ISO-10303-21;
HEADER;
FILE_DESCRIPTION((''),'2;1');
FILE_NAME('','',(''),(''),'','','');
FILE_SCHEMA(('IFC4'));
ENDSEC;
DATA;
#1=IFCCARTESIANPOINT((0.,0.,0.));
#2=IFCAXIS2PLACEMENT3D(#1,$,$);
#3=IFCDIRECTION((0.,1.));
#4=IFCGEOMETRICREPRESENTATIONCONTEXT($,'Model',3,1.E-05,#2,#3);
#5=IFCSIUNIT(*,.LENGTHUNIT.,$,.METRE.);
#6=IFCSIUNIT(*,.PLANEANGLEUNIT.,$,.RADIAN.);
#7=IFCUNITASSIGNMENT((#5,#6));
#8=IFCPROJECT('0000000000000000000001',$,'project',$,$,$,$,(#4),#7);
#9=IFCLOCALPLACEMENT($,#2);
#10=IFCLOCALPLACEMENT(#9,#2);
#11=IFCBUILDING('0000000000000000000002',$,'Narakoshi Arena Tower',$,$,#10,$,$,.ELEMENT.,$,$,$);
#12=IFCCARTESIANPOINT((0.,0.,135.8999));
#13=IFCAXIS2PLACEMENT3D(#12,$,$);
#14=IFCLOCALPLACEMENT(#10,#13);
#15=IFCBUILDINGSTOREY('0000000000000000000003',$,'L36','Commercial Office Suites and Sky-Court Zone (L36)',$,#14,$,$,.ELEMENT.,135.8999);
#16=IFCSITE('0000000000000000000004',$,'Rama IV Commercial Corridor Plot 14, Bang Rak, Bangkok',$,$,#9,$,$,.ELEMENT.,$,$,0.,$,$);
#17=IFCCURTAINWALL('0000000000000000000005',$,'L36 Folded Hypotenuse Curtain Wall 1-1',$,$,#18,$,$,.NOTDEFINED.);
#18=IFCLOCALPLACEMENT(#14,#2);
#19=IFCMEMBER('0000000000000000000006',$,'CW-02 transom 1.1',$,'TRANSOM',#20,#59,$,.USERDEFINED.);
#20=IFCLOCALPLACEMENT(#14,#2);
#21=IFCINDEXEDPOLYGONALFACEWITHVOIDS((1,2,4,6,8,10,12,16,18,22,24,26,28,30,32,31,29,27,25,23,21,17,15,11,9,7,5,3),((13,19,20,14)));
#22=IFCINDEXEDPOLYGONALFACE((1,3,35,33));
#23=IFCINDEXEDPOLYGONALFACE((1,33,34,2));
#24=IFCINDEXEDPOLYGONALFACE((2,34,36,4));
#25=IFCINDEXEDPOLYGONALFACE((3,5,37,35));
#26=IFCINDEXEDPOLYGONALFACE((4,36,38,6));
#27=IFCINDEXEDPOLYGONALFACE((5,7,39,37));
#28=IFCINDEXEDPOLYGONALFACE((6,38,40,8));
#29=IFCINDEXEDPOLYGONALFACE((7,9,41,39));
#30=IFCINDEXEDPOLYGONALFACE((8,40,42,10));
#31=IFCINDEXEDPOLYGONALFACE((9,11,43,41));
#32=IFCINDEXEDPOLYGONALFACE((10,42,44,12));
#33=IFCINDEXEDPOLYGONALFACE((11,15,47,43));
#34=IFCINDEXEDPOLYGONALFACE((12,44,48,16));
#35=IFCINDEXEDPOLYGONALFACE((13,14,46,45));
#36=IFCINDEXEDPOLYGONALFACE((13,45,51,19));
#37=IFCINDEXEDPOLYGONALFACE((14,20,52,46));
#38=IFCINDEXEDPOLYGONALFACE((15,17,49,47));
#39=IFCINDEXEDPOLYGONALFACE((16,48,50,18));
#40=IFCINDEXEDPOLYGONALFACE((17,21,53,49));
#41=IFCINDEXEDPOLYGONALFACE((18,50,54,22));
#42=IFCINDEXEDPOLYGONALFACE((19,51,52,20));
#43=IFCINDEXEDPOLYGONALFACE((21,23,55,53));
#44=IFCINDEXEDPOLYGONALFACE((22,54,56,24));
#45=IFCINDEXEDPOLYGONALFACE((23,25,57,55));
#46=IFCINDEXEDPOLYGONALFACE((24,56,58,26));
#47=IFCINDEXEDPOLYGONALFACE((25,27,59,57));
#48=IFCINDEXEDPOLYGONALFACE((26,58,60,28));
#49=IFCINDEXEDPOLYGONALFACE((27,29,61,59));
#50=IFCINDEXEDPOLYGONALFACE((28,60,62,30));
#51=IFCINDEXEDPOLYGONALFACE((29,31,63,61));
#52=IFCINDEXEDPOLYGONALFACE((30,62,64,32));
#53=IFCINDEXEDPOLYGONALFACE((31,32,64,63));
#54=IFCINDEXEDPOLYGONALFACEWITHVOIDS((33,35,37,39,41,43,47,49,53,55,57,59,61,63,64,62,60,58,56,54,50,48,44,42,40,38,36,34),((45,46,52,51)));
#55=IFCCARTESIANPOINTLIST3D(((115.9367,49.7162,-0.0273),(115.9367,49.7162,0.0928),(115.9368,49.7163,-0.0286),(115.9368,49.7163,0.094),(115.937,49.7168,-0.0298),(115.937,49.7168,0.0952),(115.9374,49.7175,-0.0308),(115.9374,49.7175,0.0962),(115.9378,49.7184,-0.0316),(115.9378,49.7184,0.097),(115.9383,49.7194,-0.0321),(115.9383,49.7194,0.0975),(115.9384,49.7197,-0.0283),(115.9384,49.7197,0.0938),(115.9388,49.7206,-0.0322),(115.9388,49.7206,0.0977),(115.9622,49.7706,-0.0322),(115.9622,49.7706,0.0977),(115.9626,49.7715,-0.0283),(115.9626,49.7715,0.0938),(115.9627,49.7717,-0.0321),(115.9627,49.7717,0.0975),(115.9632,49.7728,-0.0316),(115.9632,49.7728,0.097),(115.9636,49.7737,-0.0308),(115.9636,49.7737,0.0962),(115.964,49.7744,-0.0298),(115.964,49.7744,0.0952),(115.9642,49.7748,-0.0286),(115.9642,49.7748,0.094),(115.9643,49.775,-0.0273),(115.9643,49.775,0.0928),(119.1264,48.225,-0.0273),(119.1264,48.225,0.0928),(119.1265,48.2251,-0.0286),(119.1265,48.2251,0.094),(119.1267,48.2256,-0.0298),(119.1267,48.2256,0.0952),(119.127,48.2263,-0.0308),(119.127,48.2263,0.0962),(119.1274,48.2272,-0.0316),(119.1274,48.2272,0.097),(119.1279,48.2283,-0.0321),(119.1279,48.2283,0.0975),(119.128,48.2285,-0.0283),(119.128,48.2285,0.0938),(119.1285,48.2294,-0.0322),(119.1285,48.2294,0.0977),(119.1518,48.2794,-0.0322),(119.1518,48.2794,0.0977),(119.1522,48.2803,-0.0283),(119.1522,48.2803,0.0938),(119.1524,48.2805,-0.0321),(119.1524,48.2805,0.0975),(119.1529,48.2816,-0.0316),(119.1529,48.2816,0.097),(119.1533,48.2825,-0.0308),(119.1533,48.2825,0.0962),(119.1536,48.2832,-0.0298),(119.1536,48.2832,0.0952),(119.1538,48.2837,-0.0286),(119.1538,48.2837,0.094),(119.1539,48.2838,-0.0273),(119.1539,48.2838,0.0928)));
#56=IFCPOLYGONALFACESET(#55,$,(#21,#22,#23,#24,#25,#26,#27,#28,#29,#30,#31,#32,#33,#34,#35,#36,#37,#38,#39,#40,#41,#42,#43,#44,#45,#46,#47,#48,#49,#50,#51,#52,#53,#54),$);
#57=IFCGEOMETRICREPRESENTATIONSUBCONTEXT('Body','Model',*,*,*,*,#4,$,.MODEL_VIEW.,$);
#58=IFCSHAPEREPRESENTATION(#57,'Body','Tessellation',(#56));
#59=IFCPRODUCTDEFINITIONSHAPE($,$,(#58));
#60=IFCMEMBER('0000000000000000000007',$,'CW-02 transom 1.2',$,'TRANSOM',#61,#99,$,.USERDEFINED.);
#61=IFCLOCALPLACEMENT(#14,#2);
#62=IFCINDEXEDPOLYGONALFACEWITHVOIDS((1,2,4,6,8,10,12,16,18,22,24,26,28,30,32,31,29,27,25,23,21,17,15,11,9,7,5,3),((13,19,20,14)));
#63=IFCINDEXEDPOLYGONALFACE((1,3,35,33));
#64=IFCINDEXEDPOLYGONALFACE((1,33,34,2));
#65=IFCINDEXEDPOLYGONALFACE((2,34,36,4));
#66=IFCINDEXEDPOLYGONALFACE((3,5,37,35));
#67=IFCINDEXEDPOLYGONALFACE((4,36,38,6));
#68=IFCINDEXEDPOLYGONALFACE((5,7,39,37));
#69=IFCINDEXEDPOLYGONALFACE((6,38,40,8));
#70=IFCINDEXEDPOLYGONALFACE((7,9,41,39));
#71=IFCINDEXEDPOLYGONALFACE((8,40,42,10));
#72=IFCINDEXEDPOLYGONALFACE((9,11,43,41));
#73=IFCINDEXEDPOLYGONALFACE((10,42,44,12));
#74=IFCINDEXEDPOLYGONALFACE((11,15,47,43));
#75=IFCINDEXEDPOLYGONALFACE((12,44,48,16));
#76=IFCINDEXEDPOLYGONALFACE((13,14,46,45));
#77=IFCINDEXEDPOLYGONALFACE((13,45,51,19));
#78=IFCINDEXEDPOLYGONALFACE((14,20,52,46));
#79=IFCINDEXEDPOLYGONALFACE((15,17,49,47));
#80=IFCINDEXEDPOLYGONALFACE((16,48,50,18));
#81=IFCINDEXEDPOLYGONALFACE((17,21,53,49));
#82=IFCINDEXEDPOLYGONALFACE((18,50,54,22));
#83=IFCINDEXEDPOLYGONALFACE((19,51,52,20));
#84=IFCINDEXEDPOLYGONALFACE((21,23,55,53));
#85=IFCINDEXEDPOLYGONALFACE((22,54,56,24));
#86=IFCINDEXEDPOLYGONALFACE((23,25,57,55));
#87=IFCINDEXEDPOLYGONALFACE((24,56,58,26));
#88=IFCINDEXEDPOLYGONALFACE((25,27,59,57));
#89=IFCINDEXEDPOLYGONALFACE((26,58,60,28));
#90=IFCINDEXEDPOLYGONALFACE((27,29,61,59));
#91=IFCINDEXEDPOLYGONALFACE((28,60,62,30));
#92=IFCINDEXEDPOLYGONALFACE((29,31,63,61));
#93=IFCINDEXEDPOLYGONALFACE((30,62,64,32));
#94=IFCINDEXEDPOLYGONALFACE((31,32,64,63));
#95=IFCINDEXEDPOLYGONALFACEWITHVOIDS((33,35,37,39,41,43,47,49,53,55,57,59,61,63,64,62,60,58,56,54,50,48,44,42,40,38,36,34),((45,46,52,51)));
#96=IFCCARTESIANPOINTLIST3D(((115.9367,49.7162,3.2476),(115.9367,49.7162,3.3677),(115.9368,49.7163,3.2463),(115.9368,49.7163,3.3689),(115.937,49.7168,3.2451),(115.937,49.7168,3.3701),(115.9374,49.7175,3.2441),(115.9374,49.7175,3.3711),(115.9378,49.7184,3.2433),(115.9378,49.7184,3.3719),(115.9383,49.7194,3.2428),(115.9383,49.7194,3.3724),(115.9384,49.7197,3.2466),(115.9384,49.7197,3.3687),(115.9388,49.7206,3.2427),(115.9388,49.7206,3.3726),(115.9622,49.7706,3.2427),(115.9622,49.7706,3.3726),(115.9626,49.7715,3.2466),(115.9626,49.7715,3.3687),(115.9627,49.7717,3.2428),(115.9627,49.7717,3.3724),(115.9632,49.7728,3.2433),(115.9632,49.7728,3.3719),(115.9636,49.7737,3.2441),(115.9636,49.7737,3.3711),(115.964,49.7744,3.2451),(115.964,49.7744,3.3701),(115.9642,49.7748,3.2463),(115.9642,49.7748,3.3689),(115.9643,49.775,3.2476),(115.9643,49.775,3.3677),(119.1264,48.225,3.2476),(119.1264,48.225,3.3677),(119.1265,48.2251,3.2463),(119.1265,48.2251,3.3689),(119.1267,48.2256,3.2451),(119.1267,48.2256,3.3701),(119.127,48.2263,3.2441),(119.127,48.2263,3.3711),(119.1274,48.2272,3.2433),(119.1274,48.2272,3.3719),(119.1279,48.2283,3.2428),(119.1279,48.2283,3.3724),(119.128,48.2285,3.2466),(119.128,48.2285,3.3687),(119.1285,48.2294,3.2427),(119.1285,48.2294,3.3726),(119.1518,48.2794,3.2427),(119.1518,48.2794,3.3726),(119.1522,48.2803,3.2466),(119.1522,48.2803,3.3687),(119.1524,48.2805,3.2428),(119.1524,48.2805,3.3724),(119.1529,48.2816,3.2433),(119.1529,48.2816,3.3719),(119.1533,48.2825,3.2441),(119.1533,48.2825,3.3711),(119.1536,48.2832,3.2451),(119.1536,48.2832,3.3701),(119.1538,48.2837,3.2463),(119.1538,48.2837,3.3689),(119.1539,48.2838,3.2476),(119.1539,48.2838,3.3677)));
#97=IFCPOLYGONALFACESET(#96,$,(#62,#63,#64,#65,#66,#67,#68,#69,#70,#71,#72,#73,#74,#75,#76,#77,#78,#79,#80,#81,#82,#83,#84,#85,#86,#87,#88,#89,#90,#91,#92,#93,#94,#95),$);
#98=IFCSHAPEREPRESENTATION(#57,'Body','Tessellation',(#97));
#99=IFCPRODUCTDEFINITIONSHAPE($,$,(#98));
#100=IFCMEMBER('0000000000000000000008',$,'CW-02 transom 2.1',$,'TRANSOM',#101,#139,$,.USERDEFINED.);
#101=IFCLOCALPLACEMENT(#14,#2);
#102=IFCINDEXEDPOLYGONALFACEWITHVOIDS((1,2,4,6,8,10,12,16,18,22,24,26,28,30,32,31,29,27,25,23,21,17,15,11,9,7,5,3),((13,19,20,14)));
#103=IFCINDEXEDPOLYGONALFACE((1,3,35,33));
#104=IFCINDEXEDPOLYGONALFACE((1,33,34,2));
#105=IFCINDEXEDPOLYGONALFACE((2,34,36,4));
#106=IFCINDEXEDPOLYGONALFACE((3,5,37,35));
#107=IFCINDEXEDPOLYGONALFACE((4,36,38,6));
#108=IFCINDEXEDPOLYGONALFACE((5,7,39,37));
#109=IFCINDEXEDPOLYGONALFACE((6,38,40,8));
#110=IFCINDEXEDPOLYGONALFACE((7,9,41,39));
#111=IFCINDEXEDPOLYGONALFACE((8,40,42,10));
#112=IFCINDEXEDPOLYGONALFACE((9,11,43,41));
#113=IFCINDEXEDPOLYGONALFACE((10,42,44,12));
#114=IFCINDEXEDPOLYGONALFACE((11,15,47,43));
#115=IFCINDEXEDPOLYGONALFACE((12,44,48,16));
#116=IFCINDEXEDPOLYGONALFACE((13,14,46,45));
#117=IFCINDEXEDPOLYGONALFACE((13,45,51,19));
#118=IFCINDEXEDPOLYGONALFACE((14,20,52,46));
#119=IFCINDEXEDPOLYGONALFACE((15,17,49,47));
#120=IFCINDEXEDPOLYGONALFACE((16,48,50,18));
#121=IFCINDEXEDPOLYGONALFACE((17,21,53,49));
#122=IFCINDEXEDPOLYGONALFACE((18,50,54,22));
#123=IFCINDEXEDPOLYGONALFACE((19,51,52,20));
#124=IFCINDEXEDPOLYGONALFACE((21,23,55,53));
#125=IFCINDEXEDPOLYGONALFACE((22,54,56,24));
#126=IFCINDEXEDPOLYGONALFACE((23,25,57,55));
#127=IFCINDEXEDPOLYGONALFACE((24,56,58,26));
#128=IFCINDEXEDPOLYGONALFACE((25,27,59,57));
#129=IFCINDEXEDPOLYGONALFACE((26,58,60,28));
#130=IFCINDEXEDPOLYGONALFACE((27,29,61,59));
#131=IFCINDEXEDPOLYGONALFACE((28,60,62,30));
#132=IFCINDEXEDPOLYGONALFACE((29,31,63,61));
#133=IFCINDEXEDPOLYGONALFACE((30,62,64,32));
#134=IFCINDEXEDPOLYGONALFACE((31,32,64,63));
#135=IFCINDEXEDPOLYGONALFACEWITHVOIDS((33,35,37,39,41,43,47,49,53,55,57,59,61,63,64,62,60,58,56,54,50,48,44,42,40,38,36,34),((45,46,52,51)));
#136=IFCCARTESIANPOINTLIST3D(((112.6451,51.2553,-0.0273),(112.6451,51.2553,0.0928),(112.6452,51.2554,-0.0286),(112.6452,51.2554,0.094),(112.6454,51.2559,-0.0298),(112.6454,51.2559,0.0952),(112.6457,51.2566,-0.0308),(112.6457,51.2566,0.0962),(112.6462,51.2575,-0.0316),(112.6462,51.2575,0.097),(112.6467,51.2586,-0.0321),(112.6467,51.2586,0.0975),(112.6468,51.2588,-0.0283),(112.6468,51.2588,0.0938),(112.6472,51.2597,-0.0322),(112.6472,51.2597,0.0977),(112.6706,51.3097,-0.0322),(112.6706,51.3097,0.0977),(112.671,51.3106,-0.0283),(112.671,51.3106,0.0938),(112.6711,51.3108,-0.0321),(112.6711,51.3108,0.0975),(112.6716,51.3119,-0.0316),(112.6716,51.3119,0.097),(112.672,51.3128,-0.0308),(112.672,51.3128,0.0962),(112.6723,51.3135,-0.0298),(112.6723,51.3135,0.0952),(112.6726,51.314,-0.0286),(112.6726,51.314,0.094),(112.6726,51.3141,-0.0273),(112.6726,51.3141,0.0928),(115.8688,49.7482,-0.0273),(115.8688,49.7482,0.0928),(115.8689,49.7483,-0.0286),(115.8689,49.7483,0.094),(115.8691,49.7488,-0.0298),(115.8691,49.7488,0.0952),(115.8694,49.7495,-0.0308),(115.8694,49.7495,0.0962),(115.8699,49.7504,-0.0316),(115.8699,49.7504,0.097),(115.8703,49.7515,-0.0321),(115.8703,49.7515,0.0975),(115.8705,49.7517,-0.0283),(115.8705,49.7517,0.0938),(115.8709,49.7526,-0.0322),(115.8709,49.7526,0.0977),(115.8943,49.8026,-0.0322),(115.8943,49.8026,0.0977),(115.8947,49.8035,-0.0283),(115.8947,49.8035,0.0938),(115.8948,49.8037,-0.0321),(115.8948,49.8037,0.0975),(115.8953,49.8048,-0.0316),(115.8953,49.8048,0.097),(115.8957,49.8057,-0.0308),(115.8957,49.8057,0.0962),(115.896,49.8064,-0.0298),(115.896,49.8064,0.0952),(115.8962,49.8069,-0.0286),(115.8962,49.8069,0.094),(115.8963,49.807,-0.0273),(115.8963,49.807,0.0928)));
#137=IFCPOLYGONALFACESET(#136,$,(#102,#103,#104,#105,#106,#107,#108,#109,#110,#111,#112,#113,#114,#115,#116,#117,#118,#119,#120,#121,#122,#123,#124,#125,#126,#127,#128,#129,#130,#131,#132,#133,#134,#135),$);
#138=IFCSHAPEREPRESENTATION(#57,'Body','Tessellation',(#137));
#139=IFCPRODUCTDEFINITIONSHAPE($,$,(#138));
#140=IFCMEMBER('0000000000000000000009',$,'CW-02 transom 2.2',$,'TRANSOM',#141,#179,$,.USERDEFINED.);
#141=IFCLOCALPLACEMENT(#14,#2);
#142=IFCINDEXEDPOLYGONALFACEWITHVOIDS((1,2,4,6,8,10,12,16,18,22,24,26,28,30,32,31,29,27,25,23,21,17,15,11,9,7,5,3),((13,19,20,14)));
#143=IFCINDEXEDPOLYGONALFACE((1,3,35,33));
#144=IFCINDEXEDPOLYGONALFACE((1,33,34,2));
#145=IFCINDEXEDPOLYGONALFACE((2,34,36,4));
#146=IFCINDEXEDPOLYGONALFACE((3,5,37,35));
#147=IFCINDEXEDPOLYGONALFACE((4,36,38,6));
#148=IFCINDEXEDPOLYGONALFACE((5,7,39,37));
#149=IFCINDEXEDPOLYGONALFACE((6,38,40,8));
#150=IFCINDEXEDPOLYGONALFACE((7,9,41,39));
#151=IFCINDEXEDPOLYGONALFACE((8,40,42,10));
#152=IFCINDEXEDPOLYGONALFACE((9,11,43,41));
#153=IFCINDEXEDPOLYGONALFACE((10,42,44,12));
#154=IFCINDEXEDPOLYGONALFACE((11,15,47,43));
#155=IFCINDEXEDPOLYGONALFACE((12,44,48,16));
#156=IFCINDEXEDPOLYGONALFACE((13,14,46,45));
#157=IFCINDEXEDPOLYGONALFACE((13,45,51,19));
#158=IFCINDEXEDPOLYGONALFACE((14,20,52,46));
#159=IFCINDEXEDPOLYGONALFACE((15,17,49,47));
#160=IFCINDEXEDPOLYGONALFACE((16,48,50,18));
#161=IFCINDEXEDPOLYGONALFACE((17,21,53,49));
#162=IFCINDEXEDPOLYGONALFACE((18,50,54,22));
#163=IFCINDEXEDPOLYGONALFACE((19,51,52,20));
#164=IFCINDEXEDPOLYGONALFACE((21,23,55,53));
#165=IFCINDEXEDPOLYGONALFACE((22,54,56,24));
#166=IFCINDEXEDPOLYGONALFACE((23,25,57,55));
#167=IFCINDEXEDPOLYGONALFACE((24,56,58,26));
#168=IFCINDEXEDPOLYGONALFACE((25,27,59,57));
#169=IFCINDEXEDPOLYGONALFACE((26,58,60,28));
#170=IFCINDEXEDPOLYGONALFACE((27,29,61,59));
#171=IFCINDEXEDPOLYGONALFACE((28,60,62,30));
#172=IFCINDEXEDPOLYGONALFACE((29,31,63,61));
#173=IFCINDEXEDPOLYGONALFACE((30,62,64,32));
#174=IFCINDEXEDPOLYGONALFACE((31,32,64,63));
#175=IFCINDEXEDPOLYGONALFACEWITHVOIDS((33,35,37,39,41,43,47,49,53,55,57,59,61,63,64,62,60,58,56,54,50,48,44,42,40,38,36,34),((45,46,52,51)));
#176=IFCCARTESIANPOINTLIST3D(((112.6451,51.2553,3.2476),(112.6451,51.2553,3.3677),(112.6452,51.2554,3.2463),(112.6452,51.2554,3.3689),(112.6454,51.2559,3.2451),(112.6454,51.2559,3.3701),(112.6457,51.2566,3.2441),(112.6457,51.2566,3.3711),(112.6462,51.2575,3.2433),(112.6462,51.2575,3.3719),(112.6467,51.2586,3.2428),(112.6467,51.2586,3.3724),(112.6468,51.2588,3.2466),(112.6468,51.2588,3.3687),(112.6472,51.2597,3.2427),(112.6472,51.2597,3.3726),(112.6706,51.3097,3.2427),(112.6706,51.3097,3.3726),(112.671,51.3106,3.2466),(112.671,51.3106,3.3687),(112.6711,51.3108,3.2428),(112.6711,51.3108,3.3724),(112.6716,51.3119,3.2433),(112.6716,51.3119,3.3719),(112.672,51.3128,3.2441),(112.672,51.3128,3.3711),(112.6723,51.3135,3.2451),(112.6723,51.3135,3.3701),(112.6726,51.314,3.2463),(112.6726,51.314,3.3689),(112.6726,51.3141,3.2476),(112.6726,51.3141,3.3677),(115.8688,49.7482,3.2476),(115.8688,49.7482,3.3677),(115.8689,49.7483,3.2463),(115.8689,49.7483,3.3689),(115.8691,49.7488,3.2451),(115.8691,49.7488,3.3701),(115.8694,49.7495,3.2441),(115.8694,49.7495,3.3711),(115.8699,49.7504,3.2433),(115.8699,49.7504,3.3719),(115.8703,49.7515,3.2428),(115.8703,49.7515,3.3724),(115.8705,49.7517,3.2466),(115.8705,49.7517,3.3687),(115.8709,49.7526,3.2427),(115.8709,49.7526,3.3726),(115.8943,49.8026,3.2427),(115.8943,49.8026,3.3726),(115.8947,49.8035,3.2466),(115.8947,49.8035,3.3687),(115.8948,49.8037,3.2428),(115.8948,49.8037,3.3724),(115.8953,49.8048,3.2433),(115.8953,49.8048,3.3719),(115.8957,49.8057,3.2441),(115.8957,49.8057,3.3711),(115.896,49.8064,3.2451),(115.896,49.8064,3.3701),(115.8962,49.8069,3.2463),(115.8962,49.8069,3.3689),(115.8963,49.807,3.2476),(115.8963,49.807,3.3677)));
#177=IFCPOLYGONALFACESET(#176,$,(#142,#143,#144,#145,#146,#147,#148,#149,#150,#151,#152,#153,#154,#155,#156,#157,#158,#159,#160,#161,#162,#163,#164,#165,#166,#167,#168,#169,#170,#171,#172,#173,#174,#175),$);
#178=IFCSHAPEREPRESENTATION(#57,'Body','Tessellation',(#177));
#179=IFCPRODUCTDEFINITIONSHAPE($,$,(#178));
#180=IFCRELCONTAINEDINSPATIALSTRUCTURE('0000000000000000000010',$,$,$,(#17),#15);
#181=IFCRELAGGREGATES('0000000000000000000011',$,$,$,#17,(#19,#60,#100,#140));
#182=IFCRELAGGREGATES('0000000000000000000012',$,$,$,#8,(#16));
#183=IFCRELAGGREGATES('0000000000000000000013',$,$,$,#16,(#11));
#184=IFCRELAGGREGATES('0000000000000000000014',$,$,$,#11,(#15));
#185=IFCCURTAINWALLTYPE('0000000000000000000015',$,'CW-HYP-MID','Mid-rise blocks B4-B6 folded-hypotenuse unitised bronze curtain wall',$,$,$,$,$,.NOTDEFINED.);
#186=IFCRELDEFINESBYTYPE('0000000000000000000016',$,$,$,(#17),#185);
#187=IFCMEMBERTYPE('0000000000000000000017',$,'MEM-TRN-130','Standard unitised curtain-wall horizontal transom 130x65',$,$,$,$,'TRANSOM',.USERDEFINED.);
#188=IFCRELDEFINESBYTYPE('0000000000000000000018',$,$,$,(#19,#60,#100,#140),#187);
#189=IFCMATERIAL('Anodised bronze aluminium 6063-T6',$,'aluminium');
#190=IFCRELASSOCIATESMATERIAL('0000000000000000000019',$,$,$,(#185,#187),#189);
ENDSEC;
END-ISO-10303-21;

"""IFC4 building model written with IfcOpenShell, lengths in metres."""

from ifc_helpers import new_model, si_unit, direction, frame, origin, origin_2d, place, context, subcontext, project, spatial, hollow_rectangle, extrude, material, material_profile, profile_set, type_object, element, aggregate, save


model = new_model("IFC4")

# Units and contexts
model_context = context("Model", 3, precision=1e-05, world=origin(), true_north=direction((0.0, 1.0)))
body_context = subcontext(model_context, "Body", "Model", "MODEL_VIEW")
ifc_project = project(units=[si_unit("LENGTHUNIT", "METRE"), si_unit("PLANEANGLEUNIT", "RADIAN")], contexts=[model_context])

# Site, building, storey
site_placement = place(None, origin())
site = spatial("IfcSite", under=ifc_project, at=site_placement, Name="Rama IV Commercial Corridor Plot 14, Bang Rak, Bangkok", CompositionType="ELEMENT", RefElevation=0.0)
building_placement = place(site_placement, origin())
building = spatial("IfcBuilding", under=site, at=building_placement, Name="Narakoshi Arena Tower", CompositionType="ELEMENT")
storey_placement = place(building_placement, frame((0.0, 0.0, 135.8999)))
storey = spatial("IfcBuildingStorey", under=building, at=storey_placement, Name="L36", Description="Commercial Office Suites and Sky-Court Zone (L36)", CompositionType="ELEMENT", Elevation=135.8999)

# Curtain wall, members
ifc_material_1 = material(Name="Anodised bronze aluminium 6063-T6", Category="aluminium")
curtain_wall_type = type_object("IfcCurtainWallType", Name="CW-HYP-MID", Description="Mid-rise blocks B4-B6 folded-hypotenuse unitised bronze curtain wall", PredefinedType="NOTDEFINED", material=ifc_material_1)
curtain_wall_placement = place(storey_placement, origin())
curtain_wall = element("IfcCurtainWall", 1, at=curtain_wall_placement, inside=storey, type_object=curtain_wall_type, Name="L36 Folded Hypotenuse Curtain Wall 1-1", PredefinedType="NOTDEFINED")
ifc_material_profile_1 = material_profile(ifc_material_1, hollow_rectangle(XDim=0.0649, YDim=0.1299, WallThickness=0.0039, OuterFilletRadius=0.0049, at=origin_2d()), Name="TRN130x65x4")
ifc_profile_set_1 = profile_set([ifc_material_profile_1], Name="Anodised bronze aluminium 6063-T6")
member_type_1 = type_object("IfcMemberType", Name="MEM-TRN-130", Description="Standard unitised curtain-wall horizontal transom 130x65", ElementType="TRANSOM", PredefinedType="USERDEFINED", material=ifc_profile_set_1)
member_1_placement = place(storey_placement, frame((119.1401, 48.2544, 0.0327), z_axis=(-0.905891, 0.423512, 0.0), x_axis=(-0.423512, -0.905891, 0.0)))
member_1 = element("IfcMember", 2, at=member_1_placement, type_object=member_type_1, Name="CW-02 transom 1.1", ObjectType="TRANSOM", PredefinedType="USERDEFINED", context=body_context, shape_type="SweptSolid", body=[
    extrude(hollow_rectangle(XDim=0.0649, YDim=0.1299, WallThickness=0.0039, OuterFilletRadius=0.0049, at=origin_2d()), origin(), (0.0, 0.0, 1.0), 3.521),
])
member_2_placement = place(storey_placement, frame((119.1401, 48.2544, 3.3076), z_axis=(-0.905891, 0.423512, 0.0), x_axis=(-0.423512, -0.905891, 0.0)))
member_2 = element("IfcMember", 3, at=member_2_placement, type_object=member_type_1, Name="CW-02 transom 1.2", ObjectType="TRANSOM", PredefinedType="USERDEFINED", context=body_context, shape_type="SweptSolid", body=[
    extrude(hollow_rectangle(XDim=0.0649, YDim=0.1299, WallThickness=0.0039, OuterFilletRadius=0.0049, at=origin_2d()), origin(), (0.0, 0.0, 1.0), 3.521),
])
member_3_placement = place(storey_placement, frame((115.8826, 49.7776, 0.0327), z_axis=(-0.90589, 0.423513, 0.0), x_axis=(-0.423513, -0.90589, 0.0)))
member_3 = element("IfcMember", 4, at=member_3_placement, type_object=member_type_1, Name="CW-02 transom 2.1", ObjectType="TRANSOM", PredefinedType="USERDEFINED", context=body_context, shape_type="SweptSolid", body=[
    extrude(hollow_rectangle(XDim=0.0649, YDim=0.1299, WallThickness=0.0039, OuterFilletRadius=0.0049, at=origin_2d()), origin(), (0.0, 0.0, 1.0), 3.5586),
])
member_4_placement = place(storey_placement, frame((115.8826, 49.7776, 3.3076), z_axis=(-0.90589, 0.423513, 0.0), x_axis=(-0.423513, -0.90589, 0.0)))
member_4 = element("IfcMember", 5, at=member_4_placement, type_object=member_type_1, Name="CW-02 transom 2.2", ObjectType="TRANSOM", PredefinedType="USERDEFINED", context=body_context, shape_type="SweptSolid", body=[
    extrude(hollow_rectangle(XDim=0.0649, YDim=0.1299, WallThickness=0.0039, OuterFilletRadius=0.0049, at=origin_2d()), origin(), (0.0, 0.0, 1.0), 3.5586),
])
aggregate(curtain_wall, [member_1, member_2, member_3, member_4])

save(model, "model.ifc")
